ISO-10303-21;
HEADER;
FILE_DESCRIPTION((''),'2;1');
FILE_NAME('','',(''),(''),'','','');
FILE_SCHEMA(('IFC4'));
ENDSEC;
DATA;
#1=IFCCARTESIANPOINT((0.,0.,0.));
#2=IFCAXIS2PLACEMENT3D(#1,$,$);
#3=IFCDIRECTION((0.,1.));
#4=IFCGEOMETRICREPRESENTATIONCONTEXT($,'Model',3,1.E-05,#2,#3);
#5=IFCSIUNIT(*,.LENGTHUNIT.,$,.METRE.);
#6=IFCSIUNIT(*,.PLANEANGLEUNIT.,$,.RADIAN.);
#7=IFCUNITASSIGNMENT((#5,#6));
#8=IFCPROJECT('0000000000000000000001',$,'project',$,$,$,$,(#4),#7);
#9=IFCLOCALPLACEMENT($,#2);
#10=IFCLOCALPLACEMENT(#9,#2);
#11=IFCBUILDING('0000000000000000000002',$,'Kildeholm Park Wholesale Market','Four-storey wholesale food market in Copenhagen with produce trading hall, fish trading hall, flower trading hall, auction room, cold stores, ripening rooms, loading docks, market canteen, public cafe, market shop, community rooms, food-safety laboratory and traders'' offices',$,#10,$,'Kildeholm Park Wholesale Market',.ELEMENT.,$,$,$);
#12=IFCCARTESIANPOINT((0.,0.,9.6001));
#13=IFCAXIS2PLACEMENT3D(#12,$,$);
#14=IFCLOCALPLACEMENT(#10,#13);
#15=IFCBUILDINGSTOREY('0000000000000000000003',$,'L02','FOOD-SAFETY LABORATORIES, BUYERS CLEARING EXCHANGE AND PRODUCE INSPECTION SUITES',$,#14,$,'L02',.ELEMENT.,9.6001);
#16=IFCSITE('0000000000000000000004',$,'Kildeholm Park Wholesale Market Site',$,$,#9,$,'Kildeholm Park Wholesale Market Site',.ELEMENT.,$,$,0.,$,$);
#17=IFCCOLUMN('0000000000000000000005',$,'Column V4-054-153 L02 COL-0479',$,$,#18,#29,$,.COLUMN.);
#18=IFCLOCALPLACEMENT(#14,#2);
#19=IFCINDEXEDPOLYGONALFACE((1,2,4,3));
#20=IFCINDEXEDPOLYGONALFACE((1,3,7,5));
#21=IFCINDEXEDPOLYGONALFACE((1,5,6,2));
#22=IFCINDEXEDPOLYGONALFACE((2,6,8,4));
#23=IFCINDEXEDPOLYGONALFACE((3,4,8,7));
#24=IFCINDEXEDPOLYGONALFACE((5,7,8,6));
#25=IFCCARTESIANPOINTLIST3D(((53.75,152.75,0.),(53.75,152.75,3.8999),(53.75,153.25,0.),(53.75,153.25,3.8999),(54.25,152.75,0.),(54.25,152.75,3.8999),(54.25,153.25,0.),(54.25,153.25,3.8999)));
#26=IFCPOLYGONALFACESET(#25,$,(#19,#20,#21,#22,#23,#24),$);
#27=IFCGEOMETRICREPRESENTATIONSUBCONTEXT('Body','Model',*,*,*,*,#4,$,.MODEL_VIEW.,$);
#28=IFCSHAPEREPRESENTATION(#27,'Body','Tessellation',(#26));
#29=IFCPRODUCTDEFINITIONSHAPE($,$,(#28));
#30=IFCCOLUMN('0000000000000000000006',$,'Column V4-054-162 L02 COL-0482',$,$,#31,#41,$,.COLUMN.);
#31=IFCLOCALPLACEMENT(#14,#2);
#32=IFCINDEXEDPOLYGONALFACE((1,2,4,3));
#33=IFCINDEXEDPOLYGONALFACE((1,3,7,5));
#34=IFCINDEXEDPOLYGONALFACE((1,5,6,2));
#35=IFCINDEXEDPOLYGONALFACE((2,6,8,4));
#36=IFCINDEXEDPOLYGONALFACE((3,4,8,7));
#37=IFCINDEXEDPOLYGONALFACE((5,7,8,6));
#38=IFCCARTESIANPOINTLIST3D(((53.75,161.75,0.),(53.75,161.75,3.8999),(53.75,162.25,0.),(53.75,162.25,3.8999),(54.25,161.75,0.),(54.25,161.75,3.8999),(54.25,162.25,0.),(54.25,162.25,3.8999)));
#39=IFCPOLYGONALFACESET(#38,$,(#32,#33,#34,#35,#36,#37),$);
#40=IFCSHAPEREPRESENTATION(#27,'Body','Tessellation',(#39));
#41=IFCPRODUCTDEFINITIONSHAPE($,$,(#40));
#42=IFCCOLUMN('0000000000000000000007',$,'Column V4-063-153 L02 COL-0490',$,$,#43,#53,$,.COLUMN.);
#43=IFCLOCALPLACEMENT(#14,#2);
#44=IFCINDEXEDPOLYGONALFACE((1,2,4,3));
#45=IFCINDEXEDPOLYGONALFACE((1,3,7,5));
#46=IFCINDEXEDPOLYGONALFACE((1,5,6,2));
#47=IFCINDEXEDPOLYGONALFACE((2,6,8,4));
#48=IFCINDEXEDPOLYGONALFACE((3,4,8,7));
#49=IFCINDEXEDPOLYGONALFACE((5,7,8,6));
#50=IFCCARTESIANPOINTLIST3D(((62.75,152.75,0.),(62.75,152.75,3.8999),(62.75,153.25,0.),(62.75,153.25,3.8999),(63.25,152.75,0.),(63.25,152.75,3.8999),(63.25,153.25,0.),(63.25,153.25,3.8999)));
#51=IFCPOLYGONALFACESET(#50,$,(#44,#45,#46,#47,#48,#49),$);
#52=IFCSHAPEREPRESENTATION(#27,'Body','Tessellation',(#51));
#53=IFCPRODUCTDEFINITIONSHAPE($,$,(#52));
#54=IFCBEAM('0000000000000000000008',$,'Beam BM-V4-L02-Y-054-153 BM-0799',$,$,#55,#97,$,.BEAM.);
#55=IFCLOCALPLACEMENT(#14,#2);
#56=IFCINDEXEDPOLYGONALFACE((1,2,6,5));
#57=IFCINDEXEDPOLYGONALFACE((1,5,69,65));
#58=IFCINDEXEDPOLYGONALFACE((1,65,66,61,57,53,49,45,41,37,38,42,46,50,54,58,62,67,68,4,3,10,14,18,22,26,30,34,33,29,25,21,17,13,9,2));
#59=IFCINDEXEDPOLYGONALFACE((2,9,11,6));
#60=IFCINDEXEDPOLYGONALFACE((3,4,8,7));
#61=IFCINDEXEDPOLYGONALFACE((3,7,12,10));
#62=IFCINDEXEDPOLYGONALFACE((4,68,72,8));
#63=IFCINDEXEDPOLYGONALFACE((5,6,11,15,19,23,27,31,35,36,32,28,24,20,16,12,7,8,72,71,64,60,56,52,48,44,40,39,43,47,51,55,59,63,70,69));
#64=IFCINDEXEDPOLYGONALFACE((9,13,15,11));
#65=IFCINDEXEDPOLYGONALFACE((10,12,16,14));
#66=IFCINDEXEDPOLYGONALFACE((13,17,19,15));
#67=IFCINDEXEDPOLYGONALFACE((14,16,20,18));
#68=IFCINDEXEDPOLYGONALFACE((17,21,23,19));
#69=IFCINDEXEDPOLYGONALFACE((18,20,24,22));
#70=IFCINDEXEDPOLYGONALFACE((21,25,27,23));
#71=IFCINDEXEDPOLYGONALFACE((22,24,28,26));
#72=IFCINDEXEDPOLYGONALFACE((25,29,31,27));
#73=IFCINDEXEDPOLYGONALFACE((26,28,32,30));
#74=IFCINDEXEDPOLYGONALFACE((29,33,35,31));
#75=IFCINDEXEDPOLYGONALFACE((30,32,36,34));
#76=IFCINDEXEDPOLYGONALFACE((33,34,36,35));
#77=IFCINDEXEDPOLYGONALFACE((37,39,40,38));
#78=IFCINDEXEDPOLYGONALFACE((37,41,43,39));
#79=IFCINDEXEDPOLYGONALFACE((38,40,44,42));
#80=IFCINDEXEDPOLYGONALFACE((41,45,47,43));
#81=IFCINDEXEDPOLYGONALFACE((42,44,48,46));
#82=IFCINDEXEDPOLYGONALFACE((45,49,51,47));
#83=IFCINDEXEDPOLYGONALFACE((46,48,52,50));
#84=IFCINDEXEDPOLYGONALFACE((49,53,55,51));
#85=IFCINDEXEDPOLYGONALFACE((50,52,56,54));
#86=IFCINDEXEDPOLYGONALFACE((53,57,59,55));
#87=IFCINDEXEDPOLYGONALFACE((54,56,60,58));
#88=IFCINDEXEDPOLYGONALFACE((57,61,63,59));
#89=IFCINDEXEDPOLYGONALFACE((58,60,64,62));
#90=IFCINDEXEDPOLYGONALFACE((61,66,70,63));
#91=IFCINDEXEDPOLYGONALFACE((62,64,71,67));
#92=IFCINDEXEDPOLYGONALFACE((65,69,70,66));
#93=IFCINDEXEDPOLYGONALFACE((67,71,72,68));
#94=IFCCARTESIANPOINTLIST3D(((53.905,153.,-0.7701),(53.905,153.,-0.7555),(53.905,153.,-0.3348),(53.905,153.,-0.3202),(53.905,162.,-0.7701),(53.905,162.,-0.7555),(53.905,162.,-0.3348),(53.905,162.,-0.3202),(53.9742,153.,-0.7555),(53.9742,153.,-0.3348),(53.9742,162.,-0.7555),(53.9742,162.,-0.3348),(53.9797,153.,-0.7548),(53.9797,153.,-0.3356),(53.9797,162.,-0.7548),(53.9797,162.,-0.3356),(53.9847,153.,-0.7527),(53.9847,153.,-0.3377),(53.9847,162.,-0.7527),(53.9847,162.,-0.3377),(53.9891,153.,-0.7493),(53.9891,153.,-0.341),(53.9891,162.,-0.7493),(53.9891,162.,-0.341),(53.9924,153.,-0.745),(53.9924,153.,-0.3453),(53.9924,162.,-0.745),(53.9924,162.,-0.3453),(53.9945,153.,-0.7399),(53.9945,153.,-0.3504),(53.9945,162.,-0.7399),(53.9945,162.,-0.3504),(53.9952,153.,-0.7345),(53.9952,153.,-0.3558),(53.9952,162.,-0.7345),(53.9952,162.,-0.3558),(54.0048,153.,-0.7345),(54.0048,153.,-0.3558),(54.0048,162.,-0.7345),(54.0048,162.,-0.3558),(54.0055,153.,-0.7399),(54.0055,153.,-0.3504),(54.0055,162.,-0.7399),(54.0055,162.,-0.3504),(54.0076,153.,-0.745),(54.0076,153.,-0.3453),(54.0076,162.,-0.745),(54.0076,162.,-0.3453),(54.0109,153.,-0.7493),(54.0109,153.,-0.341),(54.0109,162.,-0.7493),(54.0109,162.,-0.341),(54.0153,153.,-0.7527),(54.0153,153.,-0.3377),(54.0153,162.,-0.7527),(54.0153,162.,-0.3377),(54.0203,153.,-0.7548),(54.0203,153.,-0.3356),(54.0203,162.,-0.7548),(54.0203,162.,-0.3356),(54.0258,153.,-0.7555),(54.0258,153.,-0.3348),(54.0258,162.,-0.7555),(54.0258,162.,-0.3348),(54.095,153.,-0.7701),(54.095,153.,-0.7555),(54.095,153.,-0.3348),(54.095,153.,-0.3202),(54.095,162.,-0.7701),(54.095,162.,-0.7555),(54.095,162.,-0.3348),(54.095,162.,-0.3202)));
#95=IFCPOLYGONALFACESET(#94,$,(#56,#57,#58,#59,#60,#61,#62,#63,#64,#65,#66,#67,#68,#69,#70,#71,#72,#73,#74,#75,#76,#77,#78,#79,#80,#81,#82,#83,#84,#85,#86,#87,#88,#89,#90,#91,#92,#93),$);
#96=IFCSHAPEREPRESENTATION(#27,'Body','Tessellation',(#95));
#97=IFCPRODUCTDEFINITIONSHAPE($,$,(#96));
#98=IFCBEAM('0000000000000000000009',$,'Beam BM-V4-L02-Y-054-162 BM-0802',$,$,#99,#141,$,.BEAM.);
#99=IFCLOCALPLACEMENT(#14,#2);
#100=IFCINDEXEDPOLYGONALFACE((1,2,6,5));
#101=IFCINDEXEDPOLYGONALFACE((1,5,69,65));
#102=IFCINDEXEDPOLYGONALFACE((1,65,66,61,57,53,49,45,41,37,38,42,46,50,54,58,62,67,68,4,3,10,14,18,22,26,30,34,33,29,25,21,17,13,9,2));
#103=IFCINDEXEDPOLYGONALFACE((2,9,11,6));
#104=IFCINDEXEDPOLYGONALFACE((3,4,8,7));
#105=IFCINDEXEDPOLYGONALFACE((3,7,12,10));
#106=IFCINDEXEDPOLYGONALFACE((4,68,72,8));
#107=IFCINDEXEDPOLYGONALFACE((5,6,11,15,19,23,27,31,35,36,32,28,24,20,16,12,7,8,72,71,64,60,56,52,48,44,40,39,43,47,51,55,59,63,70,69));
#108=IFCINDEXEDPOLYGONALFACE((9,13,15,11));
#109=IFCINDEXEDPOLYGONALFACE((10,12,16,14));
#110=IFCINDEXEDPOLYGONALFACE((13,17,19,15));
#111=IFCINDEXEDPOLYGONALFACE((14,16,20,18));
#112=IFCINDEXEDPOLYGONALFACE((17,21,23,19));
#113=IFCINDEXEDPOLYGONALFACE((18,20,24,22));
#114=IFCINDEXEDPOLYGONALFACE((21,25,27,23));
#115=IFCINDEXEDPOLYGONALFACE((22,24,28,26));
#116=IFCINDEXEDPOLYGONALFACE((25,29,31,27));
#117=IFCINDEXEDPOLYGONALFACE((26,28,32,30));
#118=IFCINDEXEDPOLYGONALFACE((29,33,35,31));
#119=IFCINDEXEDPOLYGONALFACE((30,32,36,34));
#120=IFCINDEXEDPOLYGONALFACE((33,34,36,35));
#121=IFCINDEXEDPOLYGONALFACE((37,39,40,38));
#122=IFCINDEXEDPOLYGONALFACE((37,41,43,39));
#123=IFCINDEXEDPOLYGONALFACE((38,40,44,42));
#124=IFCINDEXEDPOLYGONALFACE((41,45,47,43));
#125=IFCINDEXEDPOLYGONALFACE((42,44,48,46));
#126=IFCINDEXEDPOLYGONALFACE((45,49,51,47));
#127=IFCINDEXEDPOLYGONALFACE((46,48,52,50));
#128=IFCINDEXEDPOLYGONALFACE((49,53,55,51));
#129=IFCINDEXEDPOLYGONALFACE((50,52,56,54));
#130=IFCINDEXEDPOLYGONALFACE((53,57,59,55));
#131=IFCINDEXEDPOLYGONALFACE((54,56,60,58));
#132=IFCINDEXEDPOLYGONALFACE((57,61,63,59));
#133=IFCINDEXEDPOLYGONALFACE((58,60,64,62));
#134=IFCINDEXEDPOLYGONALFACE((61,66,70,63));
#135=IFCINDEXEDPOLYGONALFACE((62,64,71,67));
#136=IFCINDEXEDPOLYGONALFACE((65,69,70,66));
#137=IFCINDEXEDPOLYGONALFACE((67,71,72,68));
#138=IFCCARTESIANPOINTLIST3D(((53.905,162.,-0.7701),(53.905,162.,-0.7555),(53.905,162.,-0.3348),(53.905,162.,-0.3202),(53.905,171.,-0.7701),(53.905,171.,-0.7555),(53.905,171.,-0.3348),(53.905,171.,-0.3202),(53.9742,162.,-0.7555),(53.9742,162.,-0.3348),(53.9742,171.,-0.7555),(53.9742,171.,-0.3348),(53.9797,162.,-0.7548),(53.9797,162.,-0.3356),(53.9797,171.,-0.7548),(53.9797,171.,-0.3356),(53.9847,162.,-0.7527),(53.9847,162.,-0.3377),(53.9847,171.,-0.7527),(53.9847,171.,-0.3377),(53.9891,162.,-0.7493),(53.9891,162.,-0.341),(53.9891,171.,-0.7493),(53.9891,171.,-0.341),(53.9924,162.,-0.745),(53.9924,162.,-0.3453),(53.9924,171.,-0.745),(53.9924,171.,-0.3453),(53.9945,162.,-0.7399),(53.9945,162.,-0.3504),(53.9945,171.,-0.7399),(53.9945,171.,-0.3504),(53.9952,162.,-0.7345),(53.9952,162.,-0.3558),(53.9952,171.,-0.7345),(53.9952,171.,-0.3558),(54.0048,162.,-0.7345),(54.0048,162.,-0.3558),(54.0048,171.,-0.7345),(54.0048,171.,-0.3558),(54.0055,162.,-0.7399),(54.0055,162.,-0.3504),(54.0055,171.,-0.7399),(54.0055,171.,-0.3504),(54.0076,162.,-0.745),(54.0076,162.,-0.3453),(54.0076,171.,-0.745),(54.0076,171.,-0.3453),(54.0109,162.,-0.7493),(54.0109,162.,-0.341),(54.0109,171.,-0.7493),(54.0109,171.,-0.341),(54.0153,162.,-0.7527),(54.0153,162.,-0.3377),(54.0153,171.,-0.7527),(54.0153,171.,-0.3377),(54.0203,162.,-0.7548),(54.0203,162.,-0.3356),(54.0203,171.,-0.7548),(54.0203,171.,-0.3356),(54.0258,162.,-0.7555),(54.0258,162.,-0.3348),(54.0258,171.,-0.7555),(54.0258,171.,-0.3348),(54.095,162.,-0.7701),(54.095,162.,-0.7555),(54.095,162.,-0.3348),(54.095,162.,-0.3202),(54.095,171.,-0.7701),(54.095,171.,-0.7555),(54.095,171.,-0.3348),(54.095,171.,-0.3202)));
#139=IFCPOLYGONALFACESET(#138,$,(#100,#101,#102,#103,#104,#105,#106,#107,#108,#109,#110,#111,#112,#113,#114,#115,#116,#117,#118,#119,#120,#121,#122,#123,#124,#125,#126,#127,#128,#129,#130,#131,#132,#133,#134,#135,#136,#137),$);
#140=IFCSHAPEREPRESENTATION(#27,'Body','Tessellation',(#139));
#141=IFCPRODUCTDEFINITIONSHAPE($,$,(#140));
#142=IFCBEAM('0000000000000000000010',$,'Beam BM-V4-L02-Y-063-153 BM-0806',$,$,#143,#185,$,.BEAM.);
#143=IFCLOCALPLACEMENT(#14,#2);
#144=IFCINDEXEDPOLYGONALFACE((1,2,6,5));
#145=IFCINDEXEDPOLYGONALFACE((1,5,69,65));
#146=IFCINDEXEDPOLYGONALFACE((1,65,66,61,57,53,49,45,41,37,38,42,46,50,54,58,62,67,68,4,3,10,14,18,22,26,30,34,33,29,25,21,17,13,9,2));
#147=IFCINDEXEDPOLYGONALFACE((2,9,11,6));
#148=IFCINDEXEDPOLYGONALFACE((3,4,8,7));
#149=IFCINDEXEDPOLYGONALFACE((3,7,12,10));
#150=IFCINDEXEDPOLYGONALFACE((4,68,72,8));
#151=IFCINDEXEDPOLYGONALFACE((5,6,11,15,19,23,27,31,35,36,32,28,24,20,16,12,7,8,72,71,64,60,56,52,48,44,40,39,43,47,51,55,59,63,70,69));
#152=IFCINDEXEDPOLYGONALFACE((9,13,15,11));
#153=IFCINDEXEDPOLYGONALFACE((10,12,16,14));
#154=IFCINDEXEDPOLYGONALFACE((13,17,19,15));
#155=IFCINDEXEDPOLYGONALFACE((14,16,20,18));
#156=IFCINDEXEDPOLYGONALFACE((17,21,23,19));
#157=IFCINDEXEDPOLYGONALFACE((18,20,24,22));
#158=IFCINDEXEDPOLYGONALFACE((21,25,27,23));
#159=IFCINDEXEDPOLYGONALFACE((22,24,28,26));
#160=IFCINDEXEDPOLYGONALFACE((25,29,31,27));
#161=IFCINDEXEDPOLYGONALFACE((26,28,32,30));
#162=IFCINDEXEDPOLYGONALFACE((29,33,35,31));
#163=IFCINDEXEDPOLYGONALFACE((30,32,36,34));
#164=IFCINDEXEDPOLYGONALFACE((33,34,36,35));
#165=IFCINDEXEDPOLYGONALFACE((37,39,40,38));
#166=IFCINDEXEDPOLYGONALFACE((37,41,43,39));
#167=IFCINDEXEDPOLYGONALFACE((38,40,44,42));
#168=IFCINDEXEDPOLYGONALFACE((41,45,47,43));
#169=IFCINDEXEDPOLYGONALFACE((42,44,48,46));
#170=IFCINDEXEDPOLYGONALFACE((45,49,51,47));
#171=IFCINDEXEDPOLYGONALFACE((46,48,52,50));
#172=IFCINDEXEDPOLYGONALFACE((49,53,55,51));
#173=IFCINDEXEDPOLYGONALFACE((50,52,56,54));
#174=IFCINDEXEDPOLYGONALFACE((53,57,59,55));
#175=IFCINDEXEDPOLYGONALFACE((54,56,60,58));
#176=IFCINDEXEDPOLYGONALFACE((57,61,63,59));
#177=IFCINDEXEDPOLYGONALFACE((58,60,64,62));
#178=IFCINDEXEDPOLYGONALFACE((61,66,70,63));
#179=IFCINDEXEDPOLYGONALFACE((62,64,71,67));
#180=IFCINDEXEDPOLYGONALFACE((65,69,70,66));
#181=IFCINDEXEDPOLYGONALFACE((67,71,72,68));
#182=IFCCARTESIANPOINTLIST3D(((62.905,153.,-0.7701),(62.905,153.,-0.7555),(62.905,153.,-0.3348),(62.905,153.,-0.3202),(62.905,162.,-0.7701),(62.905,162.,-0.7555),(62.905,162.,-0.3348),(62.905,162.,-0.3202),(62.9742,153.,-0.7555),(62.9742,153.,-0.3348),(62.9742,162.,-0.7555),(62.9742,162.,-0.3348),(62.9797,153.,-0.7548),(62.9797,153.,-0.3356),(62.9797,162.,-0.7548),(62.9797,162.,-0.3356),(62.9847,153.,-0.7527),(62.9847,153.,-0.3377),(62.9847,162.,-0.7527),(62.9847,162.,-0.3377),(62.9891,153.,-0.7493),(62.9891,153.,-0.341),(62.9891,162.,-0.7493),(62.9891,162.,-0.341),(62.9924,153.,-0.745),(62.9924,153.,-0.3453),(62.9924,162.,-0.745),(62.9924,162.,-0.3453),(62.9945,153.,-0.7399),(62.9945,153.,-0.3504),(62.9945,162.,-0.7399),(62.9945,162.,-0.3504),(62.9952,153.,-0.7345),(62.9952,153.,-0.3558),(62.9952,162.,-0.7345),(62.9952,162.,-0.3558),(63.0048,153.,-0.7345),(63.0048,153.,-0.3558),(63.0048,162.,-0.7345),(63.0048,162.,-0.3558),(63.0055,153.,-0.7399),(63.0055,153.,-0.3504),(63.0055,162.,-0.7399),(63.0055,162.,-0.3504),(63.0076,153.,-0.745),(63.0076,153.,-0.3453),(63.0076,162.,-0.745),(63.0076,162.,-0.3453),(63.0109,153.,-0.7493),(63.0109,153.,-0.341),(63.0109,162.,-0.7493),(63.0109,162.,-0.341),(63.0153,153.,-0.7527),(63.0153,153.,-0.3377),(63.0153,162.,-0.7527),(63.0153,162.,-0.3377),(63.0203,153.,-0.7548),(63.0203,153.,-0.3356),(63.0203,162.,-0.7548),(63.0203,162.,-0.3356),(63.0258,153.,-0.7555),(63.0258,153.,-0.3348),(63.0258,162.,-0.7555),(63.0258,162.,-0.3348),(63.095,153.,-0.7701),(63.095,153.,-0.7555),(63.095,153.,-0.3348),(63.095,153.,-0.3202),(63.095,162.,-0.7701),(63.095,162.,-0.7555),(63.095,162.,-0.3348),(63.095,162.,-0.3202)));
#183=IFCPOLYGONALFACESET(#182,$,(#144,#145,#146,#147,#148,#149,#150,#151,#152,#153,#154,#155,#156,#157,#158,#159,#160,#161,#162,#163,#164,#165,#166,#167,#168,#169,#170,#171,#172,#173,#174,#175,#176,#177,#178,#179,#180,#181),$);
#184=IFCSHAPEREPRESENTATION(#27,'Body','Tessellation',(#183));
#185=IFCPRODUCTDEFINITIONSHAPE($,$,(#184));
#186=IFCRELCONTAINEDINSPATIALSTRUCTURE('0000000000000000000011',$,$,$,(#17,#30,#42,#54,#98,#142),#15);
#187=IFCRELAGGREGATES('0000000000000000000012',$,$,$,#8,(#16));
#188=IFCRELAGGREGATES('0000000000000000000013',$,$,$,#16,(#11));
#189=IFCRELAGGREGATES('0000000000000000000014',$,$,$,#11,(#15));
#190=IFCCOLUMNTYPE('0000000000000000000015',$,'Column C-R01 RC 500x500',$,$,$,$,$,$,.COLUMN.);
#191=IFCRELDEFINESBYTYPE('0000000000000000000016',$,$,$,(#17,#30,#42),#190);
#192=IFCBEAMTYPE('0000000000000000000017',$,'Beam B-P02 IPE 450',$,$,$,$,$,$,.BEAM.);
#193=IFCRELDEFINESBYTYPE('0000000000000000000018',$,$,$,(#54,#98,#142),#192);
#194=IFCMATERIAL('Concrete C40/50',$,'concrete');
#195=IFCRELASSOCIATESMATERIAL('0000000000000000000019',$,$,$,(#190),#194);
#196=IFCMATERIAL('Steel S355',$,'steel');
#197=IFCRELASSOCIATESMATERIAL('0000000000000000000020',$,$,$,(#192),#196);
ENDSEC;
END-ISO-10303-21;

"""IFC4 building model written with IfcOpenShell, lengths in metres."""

from ifc_helpers import new_model, si_unit, direction, frame, origin, origin_2d, place, context, subcontext, project, spatial, rectangle, i_section, extrude, material, material_profile, profile_set, type_object, element, save


model = new_model("IFC4")

# Units and contexts
model_context = context("Model", 3, precision=1e-05, world=origin(), true_north=direction((0.0, 1.0)))
body_context = subcontext(model_context, "Body", "Model", "MODEL_VIEW")
ifc_project = project(units=[si_unit("LENGTHUNIT", "METRE"), si_unit("PLANEANGLEUNIT", "RADIAN")], contexts=[model_context])

# Site, building, storey
site_placement = place(None, origin())
site = spatial("IfcSite", under=ifc_project, at=site_placement, Name="Kildeholm Park Wholesale Market Site", LongName="Kildeholm Park Wholesale Market Site", CompositionType="ELEMENT", RefElevation=0.0)
building_placement = place(site_placement, origin())
building = spatial("IfcBuilding", under=site, at=building_placement, Name="Kildeholm Park Wholesale Market", Description="Four-storey wholesale food market in Copenhagen with produce trading hall, fish trading hall, flower trading hall, auction room, cold stores, ripening rooms, loading docks, market canteen, public cafe, market shop, community rooms, food-safety laboratory and traders' offices", LongName="Kildeholm Park Wholesale Market", CompositionType="ELEMENT")
storey_placement = place(building_placement, frame((0.0, 0.0, 9.6001)))
storey = spatial("IfcBuildingStorey", under=building, at=storey_placement, Name="L02", Description="FOOD-SAFETY LABORATORIES, BUYERS CLEARING EXCHANGE AND PRODUCE INSPECTION SUITES", LongName="L02", CompositionType="ELEMENT", Elevation=9.6001)

# Columns
ifc_material_1 = material(Name="Concrete C40/50", Category="concrete")
ifc_material_profile_1 = material_profile(ifc_material_1, rectangle(XDim=0.5, YDim=0.5, at=origin_2d()), Name="RC 500x500")
ifc_profile_set_1 = profile_set([ifc_material_profile_1], Name="Concrete C40/50")
column_type = type_object("IfcColumnType", Name="Column C-R01 RC 500x500", PredefinedType="COLUMN", material=ifc_profile_set_1)
for number, where, z_axis, x_axis, name in (
    (1, (54.0, 153.0, 0.0), (0.0, 0.0, 1.0), (1.0, 0.0, 0.0), "Column V4-054-153 L02 COL-0479"),
    (2, (54.0, 162.0, 0.0), (0.0, 0.0, 1.0), (1.0, 0.0, 0.0), "Column V4-054-162 L02 COL-0482"),
    (3, (63.0, 153.0, 0.0), (0.0, 0.0, 1.0), (1.0, 0.0, 0.0), "Column V4-063-153 L02 COL-0490"),
):
    element("IfcColumn", number, at=place(storey_placement, frame(where, z_axis=z_axis, x_axis=x_axis)), inside=storey, type_object=column_type, Name=name, PredefinedType="COLUMN", context=body_context, shape_type="SweptSolid", body=[
        extrude(rectangle(XDim=0.5, YDim=0.5, at=origin_2d()), origin(), (0.0, 0.0, 1.0), 3.8999),
    ])

# Beams
ifc_material_2 = material(Name="Steel S355", Category="steel")
ifc_material_profile_2 = material_profile(ifc_material_2, i_section(OverallWidth=0.1899, OverallDepth=0.45, WebThickness=0.0095, FlangeThickness=0.0146, FilletRadius=0.021, at=origin_2d()), Name="IPE 450")
ifc_profile_set_2 = profile_set([ifc_material_profile_2], Name="Steel S355")
beam_type_1 = type_object("IfcBeamType", Name="Beam B-P02 IPE 450", PredefinedType="BEAM", material=ifc_profile_set_2)
for number, where, z_axis, x_axis, name in (
    (4, (54.0, 153.0, -0.5452), (0.0, 1.0, 0.0), (-1.0, 0.0, 0.0), "Beam BM-V4-L02-Y-054-153 BM-0799"),
    (5, (54.0, 162.0, -0.5452), (0.0, 1.0, 0.0), (-1.0, 0.0, 0.0), "Beam BM-V4-L02-Y-054-162 BM-0802"),
    (6, (63.0, 153.0, -0.5452), (0.0, 1.0, 0.0), (-1.0, 0.0, 0.0), "Beam BM-V4-L02-Y-063-153 BM-0806"),
):
    element("IfcBeam", number, at=place(storey_placement, frame(where, z_axis=z_axis, x_axis=x_axis)), inside=storey, type_object=beam_type_1, Name=name, PredefinedType="BEAM", context=body_context, shape_type="SweptSolid", body=[
        extrude(i_section(OverallWidth=0.1899, OverallDepth=0.45, WebThickness=0.0095, FlangeThickness=0.0146, FilletRadius=0.021, at=origin_2d()), origin(), (0.0, 0.0, 1.0), 9.0),
    ])

save(model, "model.ifc")
